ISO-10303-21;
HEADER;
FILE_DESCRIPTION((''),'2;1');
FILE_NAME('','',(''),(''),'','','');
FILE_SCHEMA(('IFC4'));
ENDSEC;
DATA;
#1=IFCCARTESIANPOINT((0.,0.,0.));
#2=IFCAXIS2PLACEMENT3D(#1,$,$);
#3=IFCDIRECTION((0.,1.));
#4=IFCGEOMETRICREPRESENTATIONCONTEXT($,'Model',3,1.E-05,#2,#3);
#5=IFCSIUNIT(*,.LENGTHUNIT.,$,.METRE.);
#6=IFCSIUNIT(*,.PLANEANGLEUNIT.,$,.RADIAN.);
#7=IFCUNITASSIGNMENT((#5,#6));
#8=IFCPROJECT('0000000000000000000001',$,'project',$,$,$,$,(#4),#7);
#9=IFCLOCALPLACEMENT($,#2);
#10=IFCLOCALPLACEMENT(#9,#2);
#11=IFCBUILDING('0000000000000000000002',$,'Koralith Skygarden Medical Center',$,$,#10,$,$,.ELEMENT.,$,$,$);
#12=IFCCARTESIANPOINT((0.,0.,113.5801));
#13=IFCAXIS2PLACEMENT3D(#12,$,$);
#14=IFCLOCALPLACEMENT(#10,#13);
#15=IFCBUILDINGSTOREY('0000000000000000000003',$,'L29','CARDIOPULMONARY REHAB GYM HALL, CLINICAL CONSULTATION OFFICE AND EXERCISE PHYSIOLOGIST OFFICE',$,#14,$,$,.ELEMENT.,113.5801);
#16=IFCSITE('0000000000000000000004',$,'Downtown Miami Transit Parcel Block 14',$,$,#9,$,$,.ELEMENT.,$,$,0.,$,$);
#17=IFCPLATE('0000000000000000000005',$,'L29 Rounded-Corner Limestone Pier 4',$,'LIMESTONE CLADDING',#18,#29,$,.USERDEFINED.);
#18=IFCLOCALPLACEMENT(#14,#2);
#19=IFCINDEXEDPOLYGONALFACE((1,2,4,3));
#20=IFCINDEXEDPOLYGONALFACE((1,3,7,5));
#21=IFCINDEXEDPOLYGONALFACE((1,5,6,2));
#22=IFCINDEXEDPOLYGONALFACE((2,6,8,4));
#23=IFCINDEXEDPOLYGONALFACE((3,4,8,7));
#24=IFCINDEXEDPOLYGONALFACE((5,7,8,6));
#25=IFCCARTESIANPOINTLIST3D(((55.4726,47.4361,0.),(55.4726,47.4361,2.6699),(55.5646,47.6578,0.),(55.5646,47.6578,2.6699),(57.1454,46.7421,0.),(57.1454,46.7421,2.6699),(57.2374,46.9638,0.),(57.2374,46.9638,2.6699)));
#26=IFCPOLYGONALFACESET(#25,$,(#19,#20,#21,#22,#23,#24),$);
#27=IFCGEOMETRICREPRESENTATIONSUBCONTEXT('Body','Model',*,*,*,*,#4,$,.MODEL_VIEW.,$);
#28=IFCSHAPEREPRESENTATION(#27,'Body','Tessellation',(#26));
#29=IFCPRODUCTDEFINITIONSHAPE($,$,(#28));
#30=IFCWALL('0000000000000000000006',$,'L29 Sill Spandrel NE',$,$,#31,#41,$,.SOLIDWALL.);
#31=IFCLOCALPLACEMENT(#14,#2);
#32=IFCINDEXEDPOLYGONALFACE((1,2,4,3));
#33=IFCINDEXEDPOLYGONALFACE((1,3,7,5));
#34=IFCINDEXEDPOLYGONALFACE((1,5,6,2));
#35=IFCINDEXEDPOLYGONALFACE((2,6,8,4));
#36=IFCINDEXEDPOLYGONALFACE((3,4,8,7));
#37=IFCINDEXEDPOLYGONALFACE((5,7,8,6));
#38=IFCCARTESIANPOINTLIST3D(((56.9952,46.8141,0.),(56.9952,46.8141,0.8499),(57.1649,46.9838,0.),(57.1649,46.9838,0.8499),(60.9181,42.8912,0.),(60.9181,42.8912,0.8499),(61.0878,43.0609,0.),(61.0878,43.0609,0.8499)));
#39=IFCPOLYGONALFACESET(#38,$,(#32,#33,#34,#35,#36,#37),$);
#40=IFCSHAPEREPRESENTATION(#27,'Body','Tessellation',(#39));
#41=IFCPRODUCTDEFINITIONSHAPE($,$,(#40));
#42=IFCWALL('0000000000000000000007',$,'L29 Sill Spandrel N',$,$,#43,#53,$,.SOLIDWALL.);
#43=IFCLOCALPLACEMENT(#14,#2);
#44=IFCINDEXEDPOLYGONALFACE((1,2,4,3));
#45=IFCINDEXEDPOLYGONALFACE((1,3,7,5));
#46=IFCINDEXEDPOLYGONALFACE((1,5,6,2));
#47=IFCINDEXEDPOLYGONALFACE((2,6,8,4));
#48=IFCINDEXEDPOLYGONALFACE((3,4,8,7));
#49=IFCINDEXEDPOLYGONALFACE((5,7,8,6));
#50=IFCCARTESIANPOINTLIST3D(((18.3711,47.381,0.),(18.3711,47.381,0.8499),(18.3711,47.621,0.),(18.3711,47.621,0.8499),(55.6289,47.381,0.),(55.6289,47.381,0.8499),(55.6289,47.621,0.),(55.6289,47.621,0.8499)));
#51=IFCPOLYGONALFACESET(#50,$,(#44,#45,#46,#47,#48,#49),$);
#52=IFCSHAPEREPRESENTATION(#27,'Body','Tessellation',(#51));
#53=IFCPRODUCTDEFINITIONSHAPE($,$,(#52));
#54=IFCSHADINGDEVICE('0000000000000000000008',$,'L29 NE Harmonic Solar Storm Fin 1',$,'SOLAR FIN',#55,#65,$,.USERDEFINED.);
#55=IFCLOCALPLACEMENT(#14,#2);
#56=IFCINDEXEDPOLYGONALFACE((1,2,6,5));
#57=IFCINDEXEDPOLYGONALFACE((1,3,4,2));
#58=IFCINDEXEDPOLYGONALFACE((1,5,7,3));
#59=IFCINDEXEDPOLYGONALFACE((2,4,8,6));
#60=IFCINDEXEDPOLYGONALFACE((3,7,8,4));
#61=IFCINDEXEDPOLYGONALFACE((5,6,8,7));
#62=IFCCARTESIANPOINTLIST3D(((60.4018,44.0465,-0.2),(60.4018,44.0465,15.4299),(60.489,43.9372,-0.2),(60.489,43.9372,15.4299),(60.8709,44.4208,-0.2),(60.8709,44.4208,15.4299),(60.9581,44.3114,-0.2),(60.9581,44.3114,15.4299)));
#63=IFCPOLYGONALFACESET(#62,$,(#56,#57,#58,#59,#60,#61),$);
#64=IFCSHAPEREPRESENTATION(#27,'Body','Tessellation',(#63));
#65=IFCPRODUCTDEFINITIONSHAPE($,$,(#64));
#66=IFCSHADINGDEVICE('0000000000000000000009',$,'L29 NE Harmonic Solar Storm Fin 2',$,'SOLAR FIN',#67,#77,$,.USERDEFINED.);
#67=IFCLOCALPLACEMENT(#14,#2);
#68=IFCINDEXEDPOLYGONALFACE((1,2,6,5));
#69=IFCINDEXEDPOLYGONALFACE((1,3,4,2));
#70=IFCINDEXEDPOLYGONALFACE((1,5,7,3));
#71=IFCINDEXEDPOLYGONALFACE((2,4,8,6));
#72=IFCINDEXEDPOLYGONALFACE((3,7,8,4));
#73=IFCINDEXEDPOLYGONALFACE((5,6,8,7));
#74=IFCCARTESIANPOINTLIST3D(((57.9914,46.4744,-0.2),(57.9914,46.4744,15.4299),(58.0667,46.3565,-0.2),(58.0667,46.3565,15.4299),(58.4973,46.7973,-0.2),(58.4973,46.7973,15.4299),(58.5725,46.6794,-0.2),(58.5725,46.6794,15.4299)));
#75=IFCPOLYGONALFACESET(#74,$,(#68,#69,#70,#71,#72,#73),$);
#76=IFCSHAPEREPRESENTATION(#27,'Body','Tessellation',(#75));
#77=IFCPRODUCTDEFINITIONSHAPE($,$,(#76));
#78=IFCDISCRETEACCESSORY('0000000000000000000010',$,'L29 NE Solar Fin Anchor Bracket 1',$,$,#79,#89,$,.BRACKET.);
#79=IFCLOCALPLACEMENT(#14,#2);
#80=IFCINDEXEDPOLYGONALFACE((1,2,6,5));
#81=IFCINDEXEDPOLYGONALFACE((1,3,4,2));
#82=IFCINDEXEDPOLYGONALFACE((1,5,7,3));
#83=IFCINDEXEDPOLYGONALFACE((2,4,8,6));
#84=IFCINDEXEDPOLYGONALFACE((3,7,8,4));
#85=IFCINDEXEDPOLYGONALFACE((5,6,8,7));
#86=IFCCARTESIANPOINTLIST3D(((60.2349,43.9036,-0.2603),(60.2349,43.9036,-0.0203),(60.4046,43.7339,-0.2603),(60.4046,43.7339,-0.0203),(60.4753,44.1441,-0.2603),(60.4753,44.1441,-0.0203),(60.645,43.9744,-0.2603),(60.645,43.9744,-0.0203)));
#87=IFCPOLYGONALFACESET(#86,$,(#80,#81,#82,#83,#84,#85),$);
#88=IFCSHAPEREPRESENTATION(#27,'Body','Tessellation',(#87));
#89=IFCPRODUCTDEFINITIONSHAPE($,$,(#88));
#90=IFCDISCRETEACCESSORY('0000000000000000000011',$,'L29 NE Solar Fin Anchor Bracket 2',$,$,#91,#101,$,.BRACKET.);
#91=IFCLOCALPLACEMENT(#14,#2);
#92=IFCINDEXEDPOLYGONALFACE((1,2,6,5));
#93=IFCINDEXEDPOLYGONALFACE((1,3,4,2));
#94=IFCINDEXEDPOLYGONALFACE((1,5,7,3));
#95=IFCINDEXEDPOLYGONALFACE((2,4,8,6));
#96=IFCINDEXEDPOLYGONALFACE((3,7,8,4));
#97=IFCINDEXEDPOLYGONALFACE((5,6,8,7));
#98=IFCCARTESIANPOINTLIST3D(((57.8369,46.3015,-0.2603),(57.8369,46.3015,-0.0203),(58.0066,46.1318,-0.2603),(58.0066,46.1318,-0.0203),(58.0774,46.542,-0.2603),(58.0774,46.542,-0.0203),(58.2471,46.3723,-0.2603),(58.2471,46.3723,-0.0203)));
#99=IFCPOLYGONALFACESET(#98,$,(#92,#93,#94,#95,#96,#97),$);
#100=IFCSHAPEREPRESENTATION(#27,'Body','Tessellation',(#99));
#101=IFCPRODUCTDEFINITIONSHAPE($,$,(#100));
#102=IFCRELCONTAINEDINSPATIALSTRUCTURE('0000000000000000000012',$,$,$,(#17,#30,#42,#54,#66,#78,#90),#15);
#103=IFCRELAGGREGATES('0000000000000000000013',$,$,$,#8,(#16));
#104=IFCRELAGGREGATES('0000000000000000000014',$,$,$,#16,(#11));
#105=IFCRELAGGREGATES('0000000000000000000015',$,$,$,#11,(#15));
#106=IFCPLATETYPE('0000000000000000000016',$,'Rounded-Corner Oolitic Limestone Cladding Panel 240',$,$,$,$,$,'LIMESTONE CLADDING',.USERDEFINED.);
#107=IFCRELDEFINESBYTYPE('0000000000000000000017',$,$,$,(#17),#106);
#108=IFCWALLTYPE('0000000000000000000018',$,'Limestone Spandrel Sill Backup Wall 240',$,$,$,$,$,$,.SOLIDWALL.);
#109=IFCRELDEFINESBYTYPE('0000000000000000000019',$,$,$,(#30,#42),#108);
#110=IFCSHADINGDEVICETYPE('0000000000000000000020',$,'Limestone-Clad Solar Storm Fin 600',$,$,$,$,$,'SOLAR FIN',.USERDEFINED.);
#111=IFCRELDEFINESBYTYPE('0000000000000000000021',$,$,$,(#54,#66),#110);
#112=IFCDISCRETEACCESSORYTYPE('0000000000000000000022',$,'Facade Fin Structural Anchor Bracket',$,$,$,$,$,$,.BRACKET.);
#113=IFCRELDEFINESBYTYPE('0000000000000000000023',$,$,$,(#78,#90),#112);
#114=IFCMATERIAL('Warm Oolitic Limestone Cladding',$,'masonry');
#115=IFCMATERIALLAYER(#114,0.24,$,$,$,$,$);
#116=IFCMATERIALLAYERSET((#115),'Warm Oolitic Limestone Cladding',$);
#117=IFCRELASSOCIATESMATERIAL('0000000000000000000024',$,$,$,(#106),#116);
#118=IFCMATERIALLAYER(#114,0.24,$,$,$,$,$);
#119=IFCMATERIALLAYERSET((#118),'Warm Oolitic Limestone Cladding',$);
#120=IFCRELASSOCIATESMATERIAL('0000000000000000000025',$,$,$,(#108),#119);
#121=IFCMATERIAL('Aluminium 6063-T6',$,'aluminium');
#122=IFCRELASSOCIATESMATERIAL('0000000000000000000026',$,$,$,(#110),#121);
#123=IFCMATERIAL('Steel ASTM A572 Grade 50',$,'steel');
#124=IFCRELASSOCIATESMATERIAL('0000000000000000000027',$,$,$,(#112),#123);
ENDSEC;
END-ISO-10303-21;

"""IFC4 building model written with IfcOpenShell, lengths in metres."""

from ifc_helpers import new_model, si_unit, direction, frame, frame_2d, origin, origin_2d, place, context, subcontext, project, spatial, rectangle, extrude, material, layer, layer_set, type_object, element, save


model = new_model("IFC4")

# Units and contexts
model_context = context("Model", 3, precision=1e-05, world=origin(), true_north=direction((0.0, 1.0)))
body_context = subcontext(model_context, "Body", "Model", "MODEL_VIEW")
ifc_project = project(units=[si_unit("LENGTHUNIT", "METRE"), si_unit("PLANEANGLEUNIT", "RADIAN")], contexts=[model_context])

# Site, building, storey
site_placement = place(None, origin())
site = spatial("IfcSite", under=ifc_project, at=site_placement, Name="Downtown Miami Transit Parcel Block 14", CompositionType="ELEMENT", RefElevation=0.0)
building_placement = place(site_placement, origin())
building = spatial("IfcBuilding", under=site, at=building_placement, Name="Koralith Skygarden Medical Center", CompositionType="ELEMENT")
storey_placement = place(building_placement, frame((0.0, 0.0, 113.5801)))
storey = spatial("IfcBuildingStorey", under=building, at=storey_placement, Name="L29", Description="CARDIOPULMONARY REHAB GYM HALL, CLINICAL CONSULTATION OFFICE AND EXERCISE PHYSIOLOGIST OFFICE", CompositionType="ELEMENT", Elevation=113.5801)

# Shared definitions
ifc_material_1 = material(Name="Aluminium 6063-T6", Category="aluminium")

# Plate
ifc_material_2 = material(Name="Warm Oolitic Limestone Cladding", Category="masonry")
ifc_layer_1 = layer(ifc_material_2, 0.24)
ifc_layer_set_1 = layer_set([ifc_layer_1], Name="Warm Oolitic Limestone Cladding")
plate_type_1 = type_object("IfcPlateType", Name="Rounded-Corner Oolitic Limestone Cladding Panel 240", ElementType="LIMESTONE CLADDING", PredefinedType="USERDEFINED", material=ifc_layer_set_1)
plate_1_placement = place(storey_placement, frame((56.355, 47.2, 0.0), z_axis=(0.0, 0.0, 1.0), x_axis=(-0.92366, 0.383214, 0.0)))
element("IfcPlate", 1, at=plate_1_placement, inside=storey, type_object=plate_type_1, Name="L29 Rounded-Corner Limestone Pier 4", ObjectType="LIMESTONE CLADDING", PredefinedType="USERDEFINED", context=body_context, shape_type="SweptSolid", body=[
    extrude(rectangle(XDim=1.811, YDim=0.24, at=origin_2d()), origin(), (0.0, 0.0, 1.0), 2.6699),
])

# Walls
ifc_layer_2 = layer(ifc_material_2, 0.24)
ifc_layer_set_2 = layer_set([ifc_layer_2], Name="Warm Oolitic Limestone Cladding")
wall_type = type_object("IfcWallType", Name="Limestone Spandrel Sill Backup Wall 240", PredefinedType="SOLIDWALL", material=ifc_layer_set_2)
wall_1_placement = place(storey_placement, frame((61.0029, 42.9761, 0.0), z_axis=(0.0, 0.0, 1.0), x_axis=(-0.707107, 0.707107, 0.0)))
element("IfcWall", 2, at=wall_1_placement, inside=storey, type_object=wall_type, Name="L29 Sill Spandrel NE", PredefinedType="SOLIDWALL", context=body_context, shape_type="SweptSolid", body=[
    extrude(rectangle(XDim=5.5479, YDim=0.24, at=frame_2d((2.7739, 0.0))), origin(), (0.0, 0.0, 1.0), 0.8499),
])
wall_2_placement = place(storey_placement, frame((55.6289, 47.501, 0.0), z_axis=(0.0, 0.0, 1.0), x_axis=(-1.0, 0.0, 0.0)))
element("IfcWall", 3, at=wall_2_placement, inside=storey, type_object=wall_type, Name="L29 Sill Spandrel N", PredefinedType="SOLIDWALL", context=body_context, shape_type="SweptSolid", body=[
    extrude(rectangle(XDim=37.2578, YDim=0.24, at=frame_2d((18.6289, 0.0))), origin(), (0.0, 0.0, 1.0), 0.8499),
])

# Shading devices
shading_device_type = type_object("IfcShadingDeviceType", Name="Limestone-Clad Solar Storm Fin 600", ElementType="SOLAR FIN", PredefinedType="USERDEFINED", material=ifc_material_1)
for number, where, z_axis, x_axis, name in (
    (4, (60.6799, 44.179, -0.2), (0.0, 0.0, 1.0), (0.781716, 0.623634, 0.0), "L29 NE Harmonic Solar Storm Fin 1"),
    (5, (58.282, 46.5769, -0.2), (0.0, 0.0, 1.0), (0.842903, 0.538065, 0.0), "L29 NE Harmonic Solar Storm Fin 2"),
):
    element("IfcShadingDevice", number, at=place(storey_placement, frame(where, z_axis=z_axis, x_axis=x_axis)), inside=storey, type_object=shading_device_type, Name=name, ObjectType="SOLAR FIN", PredefinedType="USERDEFINED", context=body_context, shape_type="SweptSolid", body=[
        extrude(rectangle(XDim=0.6001, YDim=0.1399, at=origin_2d()), origin(), (0.0, 0.0, 1.0), 15.6299),
    ])

# Discrete accessories
ifc_material_3 = material(Name="Steel ASTM A572 Grade 50", Category="steel")
discrete_accessory_type = type_object("IfcDiscreteAccessoryType", Name="Facade Fin Structural Anchor Bracket", PredefinedType="BRACKET", material=ifc_material_3)
for number, where, z_axis, x_axis, name in (
    (6, (60.4399, 43.939, -0.2603), (0.0, 0.0, 1.0), (0.707107, 0.707107, 0.0), "L29 NE Solar Fin Anchor Bracket 1"),
    (7, (58.042, 46.3369, -0.2603), (0.0, 0.0, 1.0), (0.707107, 0.707107, 0.0), "L29 NE Solar Fin Anchor Bracket 2"),
):
    element("IfcDiscreteAccessory", number, at=place(storey_placement, frame(where, z_axis=z_axis, x_axis=x_axis)), inside=storey, type_object=discrete_accessory_type, Name=name, PredefinedType="BRACKET", context=body_context, shape_type="SweptSolid", body=[
        extrude(rectangle(XDim=0.3401, YDim=0.24, at=origin_2d()), origin(), (0.0, 0.0, 1.0), 0.24),
    ])

save(model, "model.ifc")
